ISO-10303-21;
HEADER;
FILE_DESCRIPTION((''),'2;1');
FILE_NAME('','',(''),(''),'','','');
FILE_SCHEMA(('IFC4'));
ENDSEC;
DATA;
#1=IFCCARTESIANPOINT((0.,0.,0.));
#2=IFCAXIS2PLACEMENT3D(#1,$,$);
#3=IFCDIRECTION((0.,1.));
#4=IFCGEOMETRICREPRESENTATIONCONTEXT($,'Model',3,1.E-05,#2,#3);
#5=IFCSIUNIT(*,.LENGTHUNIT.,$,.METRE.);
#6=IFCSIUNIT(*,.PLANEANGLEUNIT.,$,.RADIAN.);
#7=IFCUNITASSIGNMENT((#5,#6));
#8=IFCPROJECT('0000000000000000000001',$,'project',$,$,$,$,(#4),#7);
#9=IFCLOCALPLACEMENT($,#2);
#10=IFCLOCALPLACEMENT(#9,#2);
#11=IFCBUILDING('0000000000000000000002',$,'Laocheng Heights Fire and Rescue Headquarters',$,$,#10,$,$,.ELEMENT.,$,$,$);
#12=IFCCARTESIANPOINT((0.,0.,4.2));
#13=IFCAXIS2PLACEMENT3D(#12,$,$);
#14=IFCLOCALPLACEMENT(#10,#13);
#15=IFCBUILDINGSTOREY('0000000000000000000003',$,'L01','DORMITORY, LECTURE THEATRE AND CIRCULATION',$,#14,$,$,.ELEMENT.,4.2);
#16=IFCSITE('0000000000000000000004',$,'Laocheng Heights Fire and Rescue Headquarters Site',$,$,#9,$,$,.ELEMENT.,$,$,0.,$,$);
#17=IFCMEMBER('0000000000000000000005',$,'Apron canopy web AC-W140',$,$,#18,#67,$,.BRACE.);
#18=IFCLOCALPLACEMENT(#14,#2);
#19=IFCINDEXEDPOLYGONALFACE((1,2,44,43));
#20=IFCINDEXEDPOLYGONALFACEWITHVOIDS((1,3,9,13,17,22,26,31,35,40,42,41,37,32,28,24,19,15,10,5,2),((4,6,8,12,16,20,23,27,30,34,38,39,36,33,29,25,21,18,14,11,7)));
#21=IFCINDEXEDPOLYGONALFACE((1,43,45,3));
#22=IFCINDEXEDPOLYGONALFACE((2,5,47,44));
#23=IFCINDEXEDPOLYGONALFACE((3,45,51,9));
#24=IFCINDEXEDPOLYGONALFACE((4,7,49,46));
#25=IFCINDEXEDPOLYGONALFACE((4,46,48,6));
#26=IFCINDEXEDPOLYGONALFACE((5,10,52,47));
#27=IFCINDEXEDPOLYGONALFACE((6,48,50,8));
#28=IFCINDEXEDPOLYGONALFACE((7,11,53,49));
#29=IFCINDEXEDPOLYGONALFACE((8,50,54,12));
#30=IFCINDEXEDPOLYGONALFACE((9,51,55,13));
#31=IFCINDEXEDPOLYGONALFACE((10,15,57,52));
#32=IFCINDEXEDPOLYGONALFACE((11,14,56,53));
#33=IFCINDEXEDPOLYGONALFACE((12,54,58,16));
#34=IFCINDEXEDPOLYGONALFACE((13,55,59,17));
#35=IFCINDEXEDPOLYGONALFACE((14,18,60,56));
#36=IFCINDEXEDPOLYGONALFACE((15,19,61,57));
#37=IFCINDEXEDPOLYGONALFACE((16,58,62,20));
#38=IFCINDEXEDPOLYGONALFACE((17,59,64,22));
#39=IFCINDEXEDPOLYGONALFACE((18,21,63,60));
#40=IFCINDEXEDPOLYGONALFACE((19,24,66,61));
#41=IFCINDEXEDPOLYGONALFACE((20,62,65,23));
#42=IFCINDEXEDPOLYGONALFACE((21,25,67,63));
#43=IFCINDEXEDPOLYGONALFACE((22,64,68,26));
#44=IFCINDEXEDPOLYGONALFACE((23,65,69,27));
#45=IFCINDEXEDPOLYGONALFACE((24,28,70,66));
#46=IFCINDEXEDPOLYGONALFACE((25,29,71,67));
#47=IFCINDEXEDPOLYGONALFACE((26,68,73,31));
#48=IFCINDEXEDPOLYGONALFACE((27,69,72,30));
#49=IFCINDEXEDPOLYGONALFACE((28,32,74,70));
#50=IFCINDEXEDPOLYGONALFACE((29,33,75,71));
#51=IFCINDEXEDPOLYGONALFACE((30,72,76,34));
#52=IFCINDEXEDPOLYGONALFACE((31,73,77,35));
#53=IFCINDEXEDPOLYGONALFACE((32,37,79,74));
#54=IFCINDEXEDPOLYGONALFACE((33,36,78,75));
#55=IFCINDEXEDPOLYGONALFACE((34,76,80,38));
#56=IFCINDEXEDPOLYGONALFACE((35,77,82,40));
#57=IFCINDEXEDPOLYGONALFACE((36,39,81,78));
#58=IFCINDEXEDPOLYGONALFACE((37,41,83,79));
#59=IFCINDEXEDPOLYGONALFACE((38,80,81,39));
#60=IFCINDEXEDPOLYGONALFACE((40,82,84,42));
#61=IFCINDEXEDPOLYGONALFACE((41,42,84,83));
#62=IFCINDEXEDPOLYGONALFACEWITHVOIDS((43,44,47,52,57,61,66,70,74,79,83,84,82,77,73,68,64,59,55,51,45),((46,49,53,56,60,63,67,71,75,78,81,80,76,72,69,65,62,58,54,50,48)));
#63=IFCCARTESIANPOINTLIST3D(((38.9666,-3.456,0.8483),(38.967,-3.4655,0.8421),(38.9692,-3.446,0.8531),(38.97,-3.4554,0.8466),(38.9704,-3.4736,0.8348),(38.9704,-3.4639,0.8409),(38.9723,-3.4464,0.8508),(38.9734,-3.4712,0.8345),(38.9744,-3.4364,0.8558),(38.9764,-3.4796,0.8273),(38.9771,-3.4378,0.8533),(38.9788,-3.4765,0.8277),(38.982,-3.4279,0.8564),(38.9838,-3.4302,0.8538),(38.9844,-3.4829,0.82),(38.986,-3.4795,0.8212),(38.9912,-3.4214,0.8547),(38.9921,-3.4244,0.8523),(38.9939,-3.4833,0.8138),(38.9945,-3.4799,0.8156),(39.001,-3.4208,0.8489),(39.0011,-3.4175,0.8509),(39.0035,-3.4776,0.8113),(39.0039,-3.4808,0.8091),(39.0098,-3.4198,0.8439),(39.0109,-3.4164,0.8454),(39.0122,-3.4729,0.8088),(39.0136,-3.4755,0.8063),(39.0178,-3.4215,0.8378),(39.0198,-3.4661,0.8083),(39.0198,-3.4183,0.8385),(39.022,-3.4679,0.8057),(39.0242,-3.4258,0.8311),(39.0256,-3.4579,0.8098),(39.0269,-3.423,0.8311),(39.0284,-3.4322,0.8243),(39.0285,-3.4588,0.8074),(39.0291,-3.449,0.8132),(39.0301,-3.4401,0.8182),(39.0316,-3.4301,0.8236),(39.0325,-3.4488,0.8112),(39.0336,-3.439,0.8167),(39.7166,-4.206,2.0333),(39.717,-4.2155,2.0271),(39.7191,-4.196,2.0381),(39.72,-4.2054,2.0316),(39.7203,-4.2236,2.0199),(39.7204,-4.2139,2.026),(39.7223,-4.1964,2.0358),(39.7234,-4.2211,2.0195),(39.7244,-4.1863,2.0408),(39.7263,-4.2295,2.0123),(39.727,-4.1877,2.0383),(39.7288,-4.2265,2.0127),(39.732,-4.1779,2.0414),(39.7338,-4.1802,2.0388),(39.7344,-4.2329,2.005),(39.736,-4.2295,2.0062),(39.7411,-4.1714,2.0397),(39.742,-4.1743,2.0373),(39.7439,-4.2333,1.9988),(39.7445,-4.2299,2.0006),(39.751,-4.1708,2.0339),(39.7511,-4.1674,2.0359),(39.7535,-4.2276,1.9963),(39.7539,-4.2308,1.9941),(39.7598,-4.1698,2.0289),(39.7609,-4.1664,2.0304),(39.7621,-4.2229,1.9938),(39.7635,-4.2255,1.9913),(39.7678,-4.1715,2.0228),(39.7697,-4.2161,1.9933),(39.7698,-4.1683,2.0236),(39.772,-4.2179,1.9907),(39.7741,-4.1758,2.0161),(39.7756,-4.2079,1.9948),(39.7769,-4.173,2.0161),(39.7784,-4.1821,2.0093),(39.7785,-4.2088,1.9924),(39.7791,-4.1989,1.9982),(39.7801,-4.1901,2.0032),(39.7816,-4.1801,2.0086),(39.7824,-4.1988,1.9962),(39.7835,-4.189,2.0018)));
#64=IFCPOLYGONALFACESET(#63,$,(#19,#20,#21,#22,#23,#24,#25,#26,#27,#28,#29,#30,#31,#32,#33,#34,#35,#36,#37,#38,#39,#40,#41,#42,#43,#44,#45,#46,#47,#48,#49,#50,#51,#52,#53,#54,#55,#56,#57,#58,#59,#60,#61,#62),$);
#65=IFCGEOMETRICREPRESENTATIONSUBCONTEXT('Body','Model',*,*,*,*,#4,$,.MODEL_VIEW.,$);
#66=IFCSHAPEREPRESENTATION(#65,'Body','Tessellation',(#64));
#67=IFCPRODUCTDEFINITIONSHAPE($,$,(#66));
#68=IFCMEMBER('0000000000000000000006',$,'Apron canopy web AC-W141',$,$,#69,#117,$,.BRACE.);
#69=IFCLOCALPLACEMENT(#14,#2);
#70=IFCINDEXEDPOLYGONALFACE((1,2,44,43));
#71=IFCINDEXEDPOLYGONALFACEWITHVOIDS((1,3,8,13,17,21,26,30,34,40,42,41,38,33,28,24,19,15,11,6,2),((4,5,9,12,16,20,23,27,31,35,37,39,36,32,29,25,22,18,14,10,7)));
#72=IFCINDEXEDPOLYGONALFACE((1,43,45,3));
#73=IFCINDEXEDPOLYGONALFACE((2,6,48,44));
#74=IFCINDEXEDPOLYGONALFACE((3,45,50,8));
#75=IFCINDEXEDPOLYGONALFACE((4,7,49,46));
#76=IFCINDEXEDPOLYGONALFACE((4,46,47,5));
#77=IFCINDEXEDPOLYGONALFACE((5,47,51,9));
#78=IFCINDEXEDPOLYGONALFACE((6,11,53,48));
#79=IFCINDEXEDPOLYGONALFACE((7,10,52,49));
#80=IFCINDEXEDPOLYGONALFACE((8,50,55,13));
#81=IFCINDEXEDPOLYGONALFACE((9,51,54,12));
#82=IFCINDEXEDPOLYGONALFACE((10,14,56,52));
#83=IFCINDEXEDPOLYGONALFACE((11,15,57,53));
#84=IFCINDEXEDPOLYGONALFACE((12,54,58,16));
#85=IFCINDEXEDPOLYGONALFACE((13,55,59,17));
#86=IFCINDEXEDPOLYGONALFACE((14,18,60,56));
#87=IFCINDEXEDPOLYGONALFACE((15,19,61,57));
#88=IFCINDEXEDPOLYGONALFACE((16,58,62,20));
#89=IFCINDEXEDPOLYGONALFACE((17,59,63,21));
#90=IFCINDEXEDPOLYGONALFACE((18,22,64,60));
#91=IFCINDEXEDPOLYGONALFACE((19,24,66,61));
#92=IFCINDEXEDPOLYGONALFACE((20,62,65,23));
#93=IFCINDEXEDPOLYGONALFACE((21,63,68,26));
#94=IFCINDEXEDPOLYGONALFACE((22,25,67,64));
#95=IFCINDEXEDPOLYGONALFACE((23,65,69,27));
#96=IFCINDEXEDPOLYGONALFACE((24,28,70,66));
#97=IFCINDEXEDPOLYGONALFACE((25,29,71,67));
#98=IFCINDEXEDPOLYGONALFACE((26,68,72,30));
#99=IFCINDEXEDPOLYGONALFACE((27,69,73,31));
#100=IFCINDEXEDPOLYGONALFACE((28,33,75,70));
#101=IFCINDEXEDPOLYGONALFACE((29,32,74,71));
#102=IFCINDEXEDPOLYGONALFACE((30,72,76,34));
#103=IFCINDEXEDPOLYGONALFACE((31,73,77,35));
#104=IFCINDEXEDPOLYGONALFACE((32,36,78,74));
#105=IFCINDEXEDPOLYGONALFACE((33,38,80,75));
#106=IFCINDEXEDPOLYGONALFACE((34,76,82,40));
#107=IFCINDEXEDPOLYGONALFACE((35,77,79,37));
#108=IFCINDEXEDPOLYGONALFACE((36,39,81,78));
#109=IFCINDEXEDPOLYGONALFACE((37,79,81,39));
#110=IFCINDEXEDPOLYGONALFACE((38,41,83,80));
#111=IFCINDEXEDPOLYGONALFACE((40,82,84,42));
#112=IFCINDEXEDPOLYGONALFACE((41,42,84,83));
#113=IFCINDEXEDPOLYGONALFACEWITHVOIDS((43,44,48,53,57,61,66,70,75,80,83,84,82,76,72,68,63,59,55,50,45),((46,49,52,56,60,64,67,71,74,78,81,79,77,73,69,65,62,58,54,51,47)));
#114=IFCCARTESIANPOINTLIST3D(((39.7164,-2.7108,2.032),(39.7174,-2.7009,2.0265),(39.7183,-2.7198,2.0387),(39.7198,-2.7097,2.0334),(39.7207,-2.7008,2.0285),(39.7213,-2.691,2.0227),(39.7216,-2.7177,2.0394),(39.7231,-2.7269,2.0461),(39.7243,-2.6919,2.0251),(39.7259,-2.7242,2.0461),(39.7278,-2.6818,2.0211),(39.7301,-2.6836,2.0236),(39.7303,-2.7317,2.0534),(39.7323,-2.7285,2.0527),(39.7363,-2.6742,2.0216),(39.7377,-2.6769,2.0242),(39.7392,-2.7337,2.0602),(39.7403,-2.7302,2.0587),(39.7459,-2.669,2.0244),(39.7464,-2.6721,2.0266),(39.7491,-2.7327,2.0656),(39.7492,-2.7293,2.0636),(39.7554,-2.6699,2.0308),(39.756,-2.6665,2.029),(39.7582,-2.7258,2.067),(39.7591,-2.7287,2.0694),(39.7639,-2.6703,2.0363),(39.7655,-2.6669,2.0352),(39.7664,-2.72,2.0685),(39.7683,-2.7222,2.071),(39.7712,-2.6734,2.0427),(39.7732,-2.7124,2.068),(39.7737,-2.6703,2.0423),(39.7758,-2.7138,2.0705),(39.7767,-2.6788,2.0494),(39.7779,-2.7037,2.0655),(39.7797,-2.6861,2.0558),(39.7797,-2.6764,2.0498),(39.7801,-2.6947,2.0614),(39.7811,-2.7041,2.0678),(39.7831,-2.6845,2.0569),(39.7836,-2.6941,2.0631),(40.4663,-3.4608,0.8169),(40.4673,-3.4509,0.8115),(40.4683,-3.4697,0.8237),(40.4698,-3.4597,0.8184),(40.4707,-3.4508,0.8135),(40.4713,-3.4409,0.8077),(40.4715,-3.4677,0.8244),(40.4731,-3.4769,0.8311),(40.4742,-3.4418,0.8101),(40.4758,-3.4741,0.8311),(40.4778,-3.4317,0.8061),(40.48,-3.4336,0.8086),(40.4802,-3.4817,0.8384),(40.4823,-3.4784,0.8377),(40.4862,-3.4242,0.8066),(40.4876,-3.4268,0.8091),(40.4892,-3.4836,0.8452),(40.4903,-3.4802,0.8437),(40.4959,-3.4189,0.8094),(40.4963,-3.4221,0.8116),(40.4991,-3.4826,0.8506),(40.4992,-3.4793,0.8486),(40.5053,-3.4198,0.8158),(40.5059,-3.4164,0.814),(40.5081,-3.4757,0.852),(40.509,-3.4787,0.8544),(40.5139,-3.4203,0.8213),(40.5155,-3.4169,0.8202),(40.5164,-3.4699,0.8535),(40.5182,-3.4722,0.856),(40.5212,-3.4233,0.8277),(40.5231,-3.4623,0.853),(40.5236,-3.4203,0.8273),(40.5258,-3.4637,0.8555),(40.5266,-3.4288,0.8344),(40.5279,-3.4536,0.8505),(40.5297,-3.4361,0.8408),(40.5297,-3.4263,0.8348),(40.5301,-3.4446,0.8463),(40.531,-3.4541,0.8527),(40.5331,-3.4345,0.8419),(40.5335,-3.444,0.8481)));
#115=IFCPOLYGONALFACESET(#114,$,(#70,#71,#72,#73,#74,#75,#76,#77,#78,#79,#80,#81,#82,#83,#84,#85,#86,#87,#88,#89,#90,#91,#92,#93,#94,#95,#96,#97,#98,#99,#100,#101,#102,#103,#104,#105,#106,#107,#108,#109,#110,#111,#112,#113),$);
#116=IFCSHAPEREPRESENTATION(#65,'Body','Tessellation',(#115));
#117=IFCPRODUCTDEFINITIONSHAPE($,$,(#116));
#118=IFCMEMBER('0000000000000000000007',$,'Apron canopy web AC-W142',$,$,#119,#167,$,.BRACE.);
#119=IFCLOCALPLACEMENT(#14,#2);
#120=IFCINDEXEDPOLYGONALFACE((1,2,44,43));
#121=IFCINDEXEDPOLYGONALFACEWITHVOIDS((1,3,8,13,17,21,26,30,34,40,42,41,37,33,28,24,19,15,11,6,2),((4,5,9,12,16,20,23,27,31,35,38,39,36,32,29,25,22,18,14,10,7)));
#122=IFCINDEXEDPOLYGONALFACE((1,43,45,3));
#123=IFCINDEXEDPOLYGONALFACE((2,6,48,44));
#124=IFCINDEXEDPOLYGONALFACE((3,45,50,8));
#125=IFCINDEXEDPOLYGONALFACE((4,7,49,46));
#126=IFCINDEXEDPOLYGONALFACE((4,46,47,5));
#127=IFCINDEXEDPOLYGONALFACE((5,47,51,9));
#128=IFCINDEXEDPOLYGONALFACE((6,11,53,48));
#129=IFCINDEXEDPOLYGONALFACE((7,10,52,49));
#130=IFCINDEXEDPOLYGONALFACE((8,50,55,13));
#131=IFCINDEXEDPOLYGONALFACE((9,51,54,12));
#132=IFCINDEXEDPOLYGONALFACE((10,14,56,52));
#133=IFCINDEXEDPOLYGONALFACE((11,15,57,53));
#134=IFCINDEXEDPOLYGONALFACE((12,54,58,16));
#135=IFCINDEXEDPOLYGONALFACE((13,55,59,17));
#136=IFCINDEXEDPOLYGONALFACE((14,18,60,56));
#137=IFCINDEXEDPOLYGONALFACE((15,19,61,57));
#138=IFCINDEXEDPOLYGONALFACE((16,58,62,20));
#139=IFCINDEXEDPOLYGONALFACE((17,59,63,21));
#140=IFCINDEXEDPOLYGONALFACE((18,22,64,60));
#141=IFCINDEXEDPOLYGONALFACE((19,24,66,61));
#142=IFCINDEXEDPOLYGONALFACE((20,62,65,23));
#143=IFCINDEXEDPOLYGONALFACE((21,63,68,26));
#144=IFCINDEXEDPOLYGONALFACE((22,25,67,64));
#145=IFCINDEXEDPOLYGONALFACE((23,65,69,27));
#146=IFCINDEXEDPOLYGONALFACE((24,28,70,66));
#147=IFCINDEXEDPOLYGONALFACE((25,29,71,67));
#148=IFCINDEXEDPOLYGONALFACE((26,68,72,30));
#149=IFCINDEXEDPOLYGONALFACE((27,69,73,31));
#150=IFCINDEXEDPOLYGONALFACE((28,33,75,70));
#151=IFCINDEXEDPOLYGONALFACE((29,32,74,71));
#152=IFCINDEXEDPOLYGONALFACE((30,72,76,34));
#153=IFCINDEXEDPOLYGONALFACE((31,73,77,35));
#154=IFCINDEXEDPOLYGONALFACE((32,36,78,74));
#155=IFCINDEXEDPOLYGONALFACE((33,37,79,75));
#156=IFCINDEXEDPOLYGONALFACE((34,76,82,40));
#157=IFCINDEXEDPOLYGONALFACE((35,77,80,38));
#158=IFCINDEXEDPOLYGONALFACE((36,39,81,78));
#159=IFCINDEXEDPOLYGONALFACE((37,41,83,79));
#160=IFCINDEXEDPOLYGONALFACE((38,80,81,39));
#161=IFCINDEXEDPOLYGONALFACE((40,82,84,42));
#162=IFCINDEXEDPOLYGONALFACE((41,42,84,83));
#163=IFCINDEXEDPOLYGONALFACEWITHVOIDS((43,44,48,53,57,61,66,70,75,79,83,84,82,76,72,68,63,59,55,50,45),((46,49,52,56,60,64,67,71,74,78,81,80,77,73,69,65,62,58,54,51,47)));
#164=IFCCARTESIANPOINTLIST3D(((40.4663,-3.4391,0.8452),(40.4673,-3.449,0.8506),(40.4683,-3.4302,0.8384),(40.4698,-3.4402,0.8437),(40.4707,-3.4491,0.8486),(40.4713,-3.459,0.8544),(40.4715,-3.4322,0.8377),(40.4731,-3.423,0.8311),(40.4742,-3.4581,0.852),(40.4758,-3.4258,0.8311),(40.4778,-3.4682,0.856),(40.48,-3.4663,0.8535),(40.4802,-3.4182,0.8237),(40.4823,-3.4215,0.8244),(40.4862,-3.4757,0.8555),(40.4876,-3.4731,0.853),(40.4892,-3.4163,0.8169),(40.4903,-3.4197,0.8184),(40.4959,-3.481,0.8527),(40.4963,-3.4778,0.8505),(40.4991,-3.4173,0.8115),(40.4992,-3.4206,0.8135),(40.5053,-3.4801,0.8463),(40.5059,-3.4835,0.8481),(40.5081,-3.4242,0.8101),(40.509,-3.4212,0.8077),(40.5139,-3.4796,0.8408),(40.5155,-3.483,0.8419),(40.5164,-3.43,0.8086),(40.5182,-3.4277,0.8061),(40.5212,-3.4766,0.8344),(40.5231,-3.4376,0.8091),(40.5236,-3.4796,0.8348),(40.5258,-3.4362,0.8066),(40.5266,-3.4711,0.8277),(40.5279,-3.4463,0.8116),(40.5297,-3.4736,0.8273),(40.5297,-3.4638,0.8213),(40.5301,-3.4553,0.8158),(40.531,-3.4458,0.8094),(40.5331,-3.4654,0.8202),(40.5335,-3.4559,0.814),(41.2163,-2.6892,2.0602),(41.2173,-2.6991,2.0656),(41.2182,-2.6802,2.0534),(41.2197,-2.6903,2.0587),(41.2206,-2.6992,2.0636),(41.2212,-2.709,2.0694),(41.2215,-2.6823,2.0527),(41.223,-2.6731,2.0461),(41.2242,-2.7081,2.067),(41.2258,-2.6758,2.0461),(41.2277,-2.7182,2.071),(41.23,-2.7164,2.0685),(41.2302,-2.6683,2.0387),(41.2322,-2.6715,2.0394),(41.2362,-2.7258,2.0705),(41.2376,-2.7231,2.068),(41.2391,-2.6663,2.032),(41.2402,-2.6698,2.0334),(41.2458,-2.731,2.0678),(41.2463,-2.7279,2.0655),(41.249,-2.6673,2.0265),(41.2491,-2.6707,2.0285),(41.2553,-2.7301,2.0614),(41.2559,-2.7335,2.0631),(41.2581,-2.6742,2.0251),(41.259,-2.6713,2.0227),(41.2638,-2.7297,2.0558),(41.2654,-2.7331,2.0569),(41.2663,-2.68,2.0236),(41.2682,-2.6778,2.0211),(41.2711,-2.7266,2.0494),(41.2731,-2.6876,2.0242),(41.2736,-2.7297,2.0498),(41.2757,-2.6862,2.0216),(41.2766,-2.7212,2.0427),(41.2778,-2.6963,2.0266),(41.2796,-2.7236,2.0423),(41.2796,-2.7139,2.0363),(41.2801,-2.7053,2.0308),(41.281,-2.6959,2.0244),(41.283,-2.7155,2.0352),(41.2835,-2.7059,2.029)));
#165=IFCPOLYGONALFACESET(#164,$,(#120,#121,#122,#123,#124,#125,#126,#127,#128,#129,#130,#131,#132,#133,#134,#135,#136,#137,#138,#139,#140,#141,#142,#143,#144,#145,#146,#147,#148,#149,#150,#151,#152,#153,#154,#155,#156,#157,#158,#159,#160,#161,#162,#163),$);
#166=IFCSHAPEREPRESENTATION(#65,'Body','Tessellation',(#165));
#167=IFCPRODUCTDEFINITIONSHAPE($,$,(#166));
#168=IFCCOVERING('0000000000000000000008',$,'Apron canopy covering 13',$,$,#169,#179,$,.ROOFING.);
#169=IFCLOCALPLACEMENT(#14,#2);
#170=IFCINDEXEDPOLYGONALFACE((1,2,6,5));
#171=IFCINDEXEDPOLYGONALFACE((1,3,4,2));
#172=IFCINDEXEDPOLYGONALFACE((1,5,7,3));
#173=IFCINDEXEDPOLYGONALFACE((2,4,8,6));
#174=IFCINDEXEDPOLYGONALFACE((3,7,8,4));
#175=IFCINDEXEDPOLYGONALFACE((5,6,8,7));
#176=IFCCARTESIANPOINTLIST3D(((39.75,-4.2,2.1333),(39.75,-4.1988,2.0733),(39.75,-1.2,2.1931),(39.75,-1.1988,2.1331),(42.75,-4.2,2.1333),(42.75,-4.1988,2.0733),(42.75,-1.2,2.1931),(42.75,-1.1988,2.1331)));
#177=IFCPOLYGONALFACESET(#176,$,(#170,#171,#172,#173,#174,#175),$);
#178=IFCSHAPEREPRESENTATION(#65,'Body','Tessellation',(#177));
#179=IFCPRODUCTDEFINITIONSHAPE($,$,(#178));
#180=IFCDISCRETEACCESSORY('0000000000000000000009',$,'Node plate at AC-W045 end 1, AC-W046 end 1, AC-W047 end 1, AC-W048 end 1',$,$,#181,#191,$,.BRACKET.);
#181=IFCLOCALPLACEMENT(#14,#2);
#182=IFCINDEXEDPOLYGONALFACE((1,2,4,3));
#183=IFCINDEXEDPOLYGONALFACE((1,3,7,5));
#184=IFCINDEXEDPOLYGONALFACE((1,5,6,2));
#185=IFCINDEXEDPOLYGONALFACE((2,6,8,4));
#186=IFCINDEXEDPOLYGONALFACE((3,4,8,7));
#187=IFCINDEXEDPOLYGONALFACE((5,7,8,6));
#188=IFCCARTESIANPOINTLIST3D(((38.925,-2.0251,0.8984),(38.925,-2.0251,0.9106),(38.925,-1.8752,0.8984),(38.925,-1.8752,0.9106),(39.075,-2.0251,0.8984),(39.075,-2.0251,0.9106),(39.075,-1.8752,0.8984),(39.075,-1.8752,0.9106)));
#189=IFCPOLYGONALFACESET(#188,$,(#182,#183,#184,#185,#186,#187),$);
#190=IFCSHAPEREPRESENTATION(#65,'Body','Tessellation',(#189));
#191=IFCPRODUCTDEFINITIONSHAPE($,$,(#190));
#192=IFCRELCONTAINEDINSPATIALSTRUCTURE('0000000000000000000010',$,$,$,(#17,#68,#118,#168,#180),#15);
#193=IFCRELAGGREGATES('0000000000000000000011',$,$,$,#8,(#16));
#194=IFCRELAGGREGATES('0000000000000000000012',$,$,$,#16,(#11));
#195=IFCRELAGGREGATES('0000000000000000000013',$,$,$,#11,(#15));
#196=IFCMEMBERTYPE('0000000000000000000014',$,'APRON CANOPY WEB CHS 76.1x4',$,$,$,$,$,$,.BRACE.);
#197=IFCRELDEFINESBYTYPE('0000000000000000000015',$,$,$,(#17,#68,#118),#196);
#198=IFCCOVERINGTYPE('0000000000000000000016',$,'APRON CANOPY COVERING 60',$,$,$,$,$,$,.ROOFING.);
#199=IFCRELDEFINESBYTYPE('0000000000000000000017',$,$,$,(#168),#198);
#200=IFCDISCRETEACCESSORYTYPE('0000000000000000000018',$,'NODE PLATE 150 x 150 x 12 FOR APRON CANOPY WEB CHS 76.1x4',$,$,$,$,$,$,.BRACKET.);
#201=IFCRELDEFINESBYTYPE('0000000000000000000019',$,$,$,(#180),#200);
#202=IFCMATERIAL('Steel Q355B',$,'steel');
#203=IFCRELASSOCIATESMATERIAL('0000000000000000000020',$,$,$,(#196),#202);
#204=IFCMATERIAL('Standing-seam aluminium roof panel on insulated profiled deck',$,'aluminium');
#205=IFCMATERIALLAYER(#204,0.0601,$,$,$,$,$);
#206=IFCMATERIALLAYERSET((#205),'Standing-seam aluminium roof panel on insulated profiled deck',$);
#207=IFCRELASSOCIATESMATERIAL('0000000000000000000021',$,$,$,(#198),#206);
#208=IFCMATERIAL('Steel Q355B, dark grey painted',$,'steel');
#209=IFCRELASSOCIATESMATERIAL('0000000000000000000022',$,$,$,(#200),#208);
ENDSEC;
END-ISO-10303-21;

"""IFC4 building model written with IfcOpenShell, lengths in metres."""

from ifc_helpers import new_model, si_unit, direction, frame, origin, origin_2d, place, context, subcontext, project, spatial, polyline, rectangle, hollow_circle, outline, extrude, material, layer, layer_set, material_profile, profile_set, type_object, element, save


model = new_model("IFC4")

# Units and contexts
model_context = context("Model", 3, precision=1e-05, world=origin(), true_north=direction((0.0, 1.0)))
body_context = subcontext(model_context, "Body", "Model", "MODEL_VIEW")
ifc_project = project(units=[si_unit("LENGTHUNIT", "METRE"), si_unit("PLANEANGLEUNIT", "RADIAN")], contexts=[model_context])

# Site, building, storey
site_placement = place(None, origin())
site = spatial("IfcSite", under=ifc_project, at=site_placement, Name="Laocheng Heights Fire and Rescue Headquarters Site", CompositionType="ELEMENT", RefElevation=0.0)
building_placement = place(site_placement, origin())
building = spatial("IfcBuilding", under=site, at=building_placement, Name="Laocheng Heights Fire and Rescue Headquarters", CompositionType="ELEMENT")
storey_placement = place(building_placement, frame((0.0, 0.0, 4.2)))
storey = spatial("IfcBuildingStorey", under=building, at=storey_placement, Name="L01", Description="DORMITORY, LECTURE THEATRE AND CIRCULATION", CompositionType="ELEMENT", Elevation=4.2)

# Members
ifc_material_1 = material(Name="Steel Q355B", Category="steel")
ifc_material_profile_1 = material_profile(ifc_material_1, hollow_circle(Radius=0.0381, WallThickness=0.0039, at=origin_2d()), Name="CHS 76.1x4")
ifc_profile_set_1 = profile_set([ifc_material_profile_1], Name="Steel Q355B")
member_type_1 = type_object("IfcMemberType", Name="APRON CANOPY WEB CHS 76.1x4", PredefinedType="BRACE", material=ifc_profile_set_1)
for number, where, z_axis, x_axis, name in (
    (1, (39.0, -3.45, 0.8311), (0.47158, -0.47158, 0.745134), (0.707107, 0.707107, 0.0), "Apron canopy web AC-W140"),
):
    element("IfcMember", number, at=place(storey_placement, frame(where, z_axis=z_axis, x_axis=x_axis)), inside=storey, type_object=member_type_1, Name=name, PredefinedType="BRACE", context=body_context, shape_type="SweptSolid", body=[
        extrude(hollow_circle(Radius=0.0381, WallThickness=0.0039, at=origin_2d()), origin(), (0.0, 0.0, 1.0), 1.5903),
    ])
for number, where, z_axis, x_axis, name in (
    (2, (40.5, -3.45, 0.8311), (-0.465002, 0.465002, 0.753357), (-0.707107, -0.707107, 0.0), "Apron canopy web AC-W141"),
    (3, (40.5, -3.45, 0.8311), (0.465002, 0.465002, 0.753357), (-0.707107, 0.707107, 0.0), "Apron canopy web AC-W142"),
):
    element("IfcMember", number, at=place(storey_placement, frame(where, z_axis=z_axis, x_axis=x_axis)), inside=storey, type_object=member_type_1, Name=name, PredefinedType="BRACE", context=body_context, shape_type="SweptSolid", body=[
        extrude(hollow_circle(Radius=0.0381, WallThickness=0.0039, at=origin_2d()), origin(), (0.0, 0.0, 1.0), 1.6128),
    ])

# Covering
ifc_material_2 = material(Name="Standing-seam aluminium roof panel on insulated profiled deck", Category="aluminium")
ifc_layer = layer(ifc_material_2, 0.0601)
ifc_layer_set = layer_set([ifc_layer], Name="Standing-seam aluminium roof panel on insulated profiled deck")
covering_type = type_object("IfcCoveringType", Name="APRON CANOPY COVERING 60", PredefinedType="ROOFING", material=ifc_layer_set)
covering_placement = place(storey_placement, frame((39.75, -1.2, 2.1931), z_axis=(0.0, -0.019934, 0.999801), x_axis=(1.0, 0.0, 0.0)))
element("IfcCovering", 4, at=covering_placement, inside=storey, type_object=covering_type, Name="Apron canopy covering 13", PredefinedType="ROOFING", context=body_context, shape_type="SweptSolid", body=[
    extrude(outline(polyline([(0.0, 0.0), (3.0, 0.0), (3.0, -3.0006), (0.0, -3.0006), (0.0, 0.0)])), origin(), (0.0, 0.0, -1.0), 0.0601),
])

# Discrete accessory
ifc_material_3 = material(Name="Steel Q355B, dark grey painted", Category="steel")
ifc_material_profile_2 = material_profile(ifc_material_3, rectangle(XDim=0.1499, YDim=0.1499, at=origin_2d()), Name="NODE PLATE 150 x 150 x 12 FOR APRON CANOPY WEB CHS 76.1x4")
ifc_profile_set_2 = profile_set([ifc_material_profile_2], Name="Steel Q355B, dark grey painted")
discrete_accessory_type = type_object("IfcDiscreteAccessoryType", Name="NODE PLATE 150 x 150 x 12 FOR APRON CANOPY WEB CHS 76.1x4", PredefinedType="BRACKET", material=ifc_profile_set_2)
discrete_accessory_placement = place(storey_placement, frame((39.0, -1.9502, 0.8984), z_axis=(0.0, 0.0, 1.0), x_axis=(1.0, 0.0, 0.0)))
element("IfcDiscreteAccessory", 5, at=discrete_accessory_placement, inside=storey, type_object=discrete_accessory_type, Name="Node plate at AC-W045 end 1, AC-W046 end 1, AC-W047 end 1, AC-W048 end 1", PredefinedType="BRACKET", context=body_context, shape_type="SweptSolid", body=[
    extrude(rectangle(XDim=0.1499, YDim=0.1499, at=origin_2d()), origin(), (0.0, 0.0, 1.0), 0.0122),
])

save(model, "model.ifc")
